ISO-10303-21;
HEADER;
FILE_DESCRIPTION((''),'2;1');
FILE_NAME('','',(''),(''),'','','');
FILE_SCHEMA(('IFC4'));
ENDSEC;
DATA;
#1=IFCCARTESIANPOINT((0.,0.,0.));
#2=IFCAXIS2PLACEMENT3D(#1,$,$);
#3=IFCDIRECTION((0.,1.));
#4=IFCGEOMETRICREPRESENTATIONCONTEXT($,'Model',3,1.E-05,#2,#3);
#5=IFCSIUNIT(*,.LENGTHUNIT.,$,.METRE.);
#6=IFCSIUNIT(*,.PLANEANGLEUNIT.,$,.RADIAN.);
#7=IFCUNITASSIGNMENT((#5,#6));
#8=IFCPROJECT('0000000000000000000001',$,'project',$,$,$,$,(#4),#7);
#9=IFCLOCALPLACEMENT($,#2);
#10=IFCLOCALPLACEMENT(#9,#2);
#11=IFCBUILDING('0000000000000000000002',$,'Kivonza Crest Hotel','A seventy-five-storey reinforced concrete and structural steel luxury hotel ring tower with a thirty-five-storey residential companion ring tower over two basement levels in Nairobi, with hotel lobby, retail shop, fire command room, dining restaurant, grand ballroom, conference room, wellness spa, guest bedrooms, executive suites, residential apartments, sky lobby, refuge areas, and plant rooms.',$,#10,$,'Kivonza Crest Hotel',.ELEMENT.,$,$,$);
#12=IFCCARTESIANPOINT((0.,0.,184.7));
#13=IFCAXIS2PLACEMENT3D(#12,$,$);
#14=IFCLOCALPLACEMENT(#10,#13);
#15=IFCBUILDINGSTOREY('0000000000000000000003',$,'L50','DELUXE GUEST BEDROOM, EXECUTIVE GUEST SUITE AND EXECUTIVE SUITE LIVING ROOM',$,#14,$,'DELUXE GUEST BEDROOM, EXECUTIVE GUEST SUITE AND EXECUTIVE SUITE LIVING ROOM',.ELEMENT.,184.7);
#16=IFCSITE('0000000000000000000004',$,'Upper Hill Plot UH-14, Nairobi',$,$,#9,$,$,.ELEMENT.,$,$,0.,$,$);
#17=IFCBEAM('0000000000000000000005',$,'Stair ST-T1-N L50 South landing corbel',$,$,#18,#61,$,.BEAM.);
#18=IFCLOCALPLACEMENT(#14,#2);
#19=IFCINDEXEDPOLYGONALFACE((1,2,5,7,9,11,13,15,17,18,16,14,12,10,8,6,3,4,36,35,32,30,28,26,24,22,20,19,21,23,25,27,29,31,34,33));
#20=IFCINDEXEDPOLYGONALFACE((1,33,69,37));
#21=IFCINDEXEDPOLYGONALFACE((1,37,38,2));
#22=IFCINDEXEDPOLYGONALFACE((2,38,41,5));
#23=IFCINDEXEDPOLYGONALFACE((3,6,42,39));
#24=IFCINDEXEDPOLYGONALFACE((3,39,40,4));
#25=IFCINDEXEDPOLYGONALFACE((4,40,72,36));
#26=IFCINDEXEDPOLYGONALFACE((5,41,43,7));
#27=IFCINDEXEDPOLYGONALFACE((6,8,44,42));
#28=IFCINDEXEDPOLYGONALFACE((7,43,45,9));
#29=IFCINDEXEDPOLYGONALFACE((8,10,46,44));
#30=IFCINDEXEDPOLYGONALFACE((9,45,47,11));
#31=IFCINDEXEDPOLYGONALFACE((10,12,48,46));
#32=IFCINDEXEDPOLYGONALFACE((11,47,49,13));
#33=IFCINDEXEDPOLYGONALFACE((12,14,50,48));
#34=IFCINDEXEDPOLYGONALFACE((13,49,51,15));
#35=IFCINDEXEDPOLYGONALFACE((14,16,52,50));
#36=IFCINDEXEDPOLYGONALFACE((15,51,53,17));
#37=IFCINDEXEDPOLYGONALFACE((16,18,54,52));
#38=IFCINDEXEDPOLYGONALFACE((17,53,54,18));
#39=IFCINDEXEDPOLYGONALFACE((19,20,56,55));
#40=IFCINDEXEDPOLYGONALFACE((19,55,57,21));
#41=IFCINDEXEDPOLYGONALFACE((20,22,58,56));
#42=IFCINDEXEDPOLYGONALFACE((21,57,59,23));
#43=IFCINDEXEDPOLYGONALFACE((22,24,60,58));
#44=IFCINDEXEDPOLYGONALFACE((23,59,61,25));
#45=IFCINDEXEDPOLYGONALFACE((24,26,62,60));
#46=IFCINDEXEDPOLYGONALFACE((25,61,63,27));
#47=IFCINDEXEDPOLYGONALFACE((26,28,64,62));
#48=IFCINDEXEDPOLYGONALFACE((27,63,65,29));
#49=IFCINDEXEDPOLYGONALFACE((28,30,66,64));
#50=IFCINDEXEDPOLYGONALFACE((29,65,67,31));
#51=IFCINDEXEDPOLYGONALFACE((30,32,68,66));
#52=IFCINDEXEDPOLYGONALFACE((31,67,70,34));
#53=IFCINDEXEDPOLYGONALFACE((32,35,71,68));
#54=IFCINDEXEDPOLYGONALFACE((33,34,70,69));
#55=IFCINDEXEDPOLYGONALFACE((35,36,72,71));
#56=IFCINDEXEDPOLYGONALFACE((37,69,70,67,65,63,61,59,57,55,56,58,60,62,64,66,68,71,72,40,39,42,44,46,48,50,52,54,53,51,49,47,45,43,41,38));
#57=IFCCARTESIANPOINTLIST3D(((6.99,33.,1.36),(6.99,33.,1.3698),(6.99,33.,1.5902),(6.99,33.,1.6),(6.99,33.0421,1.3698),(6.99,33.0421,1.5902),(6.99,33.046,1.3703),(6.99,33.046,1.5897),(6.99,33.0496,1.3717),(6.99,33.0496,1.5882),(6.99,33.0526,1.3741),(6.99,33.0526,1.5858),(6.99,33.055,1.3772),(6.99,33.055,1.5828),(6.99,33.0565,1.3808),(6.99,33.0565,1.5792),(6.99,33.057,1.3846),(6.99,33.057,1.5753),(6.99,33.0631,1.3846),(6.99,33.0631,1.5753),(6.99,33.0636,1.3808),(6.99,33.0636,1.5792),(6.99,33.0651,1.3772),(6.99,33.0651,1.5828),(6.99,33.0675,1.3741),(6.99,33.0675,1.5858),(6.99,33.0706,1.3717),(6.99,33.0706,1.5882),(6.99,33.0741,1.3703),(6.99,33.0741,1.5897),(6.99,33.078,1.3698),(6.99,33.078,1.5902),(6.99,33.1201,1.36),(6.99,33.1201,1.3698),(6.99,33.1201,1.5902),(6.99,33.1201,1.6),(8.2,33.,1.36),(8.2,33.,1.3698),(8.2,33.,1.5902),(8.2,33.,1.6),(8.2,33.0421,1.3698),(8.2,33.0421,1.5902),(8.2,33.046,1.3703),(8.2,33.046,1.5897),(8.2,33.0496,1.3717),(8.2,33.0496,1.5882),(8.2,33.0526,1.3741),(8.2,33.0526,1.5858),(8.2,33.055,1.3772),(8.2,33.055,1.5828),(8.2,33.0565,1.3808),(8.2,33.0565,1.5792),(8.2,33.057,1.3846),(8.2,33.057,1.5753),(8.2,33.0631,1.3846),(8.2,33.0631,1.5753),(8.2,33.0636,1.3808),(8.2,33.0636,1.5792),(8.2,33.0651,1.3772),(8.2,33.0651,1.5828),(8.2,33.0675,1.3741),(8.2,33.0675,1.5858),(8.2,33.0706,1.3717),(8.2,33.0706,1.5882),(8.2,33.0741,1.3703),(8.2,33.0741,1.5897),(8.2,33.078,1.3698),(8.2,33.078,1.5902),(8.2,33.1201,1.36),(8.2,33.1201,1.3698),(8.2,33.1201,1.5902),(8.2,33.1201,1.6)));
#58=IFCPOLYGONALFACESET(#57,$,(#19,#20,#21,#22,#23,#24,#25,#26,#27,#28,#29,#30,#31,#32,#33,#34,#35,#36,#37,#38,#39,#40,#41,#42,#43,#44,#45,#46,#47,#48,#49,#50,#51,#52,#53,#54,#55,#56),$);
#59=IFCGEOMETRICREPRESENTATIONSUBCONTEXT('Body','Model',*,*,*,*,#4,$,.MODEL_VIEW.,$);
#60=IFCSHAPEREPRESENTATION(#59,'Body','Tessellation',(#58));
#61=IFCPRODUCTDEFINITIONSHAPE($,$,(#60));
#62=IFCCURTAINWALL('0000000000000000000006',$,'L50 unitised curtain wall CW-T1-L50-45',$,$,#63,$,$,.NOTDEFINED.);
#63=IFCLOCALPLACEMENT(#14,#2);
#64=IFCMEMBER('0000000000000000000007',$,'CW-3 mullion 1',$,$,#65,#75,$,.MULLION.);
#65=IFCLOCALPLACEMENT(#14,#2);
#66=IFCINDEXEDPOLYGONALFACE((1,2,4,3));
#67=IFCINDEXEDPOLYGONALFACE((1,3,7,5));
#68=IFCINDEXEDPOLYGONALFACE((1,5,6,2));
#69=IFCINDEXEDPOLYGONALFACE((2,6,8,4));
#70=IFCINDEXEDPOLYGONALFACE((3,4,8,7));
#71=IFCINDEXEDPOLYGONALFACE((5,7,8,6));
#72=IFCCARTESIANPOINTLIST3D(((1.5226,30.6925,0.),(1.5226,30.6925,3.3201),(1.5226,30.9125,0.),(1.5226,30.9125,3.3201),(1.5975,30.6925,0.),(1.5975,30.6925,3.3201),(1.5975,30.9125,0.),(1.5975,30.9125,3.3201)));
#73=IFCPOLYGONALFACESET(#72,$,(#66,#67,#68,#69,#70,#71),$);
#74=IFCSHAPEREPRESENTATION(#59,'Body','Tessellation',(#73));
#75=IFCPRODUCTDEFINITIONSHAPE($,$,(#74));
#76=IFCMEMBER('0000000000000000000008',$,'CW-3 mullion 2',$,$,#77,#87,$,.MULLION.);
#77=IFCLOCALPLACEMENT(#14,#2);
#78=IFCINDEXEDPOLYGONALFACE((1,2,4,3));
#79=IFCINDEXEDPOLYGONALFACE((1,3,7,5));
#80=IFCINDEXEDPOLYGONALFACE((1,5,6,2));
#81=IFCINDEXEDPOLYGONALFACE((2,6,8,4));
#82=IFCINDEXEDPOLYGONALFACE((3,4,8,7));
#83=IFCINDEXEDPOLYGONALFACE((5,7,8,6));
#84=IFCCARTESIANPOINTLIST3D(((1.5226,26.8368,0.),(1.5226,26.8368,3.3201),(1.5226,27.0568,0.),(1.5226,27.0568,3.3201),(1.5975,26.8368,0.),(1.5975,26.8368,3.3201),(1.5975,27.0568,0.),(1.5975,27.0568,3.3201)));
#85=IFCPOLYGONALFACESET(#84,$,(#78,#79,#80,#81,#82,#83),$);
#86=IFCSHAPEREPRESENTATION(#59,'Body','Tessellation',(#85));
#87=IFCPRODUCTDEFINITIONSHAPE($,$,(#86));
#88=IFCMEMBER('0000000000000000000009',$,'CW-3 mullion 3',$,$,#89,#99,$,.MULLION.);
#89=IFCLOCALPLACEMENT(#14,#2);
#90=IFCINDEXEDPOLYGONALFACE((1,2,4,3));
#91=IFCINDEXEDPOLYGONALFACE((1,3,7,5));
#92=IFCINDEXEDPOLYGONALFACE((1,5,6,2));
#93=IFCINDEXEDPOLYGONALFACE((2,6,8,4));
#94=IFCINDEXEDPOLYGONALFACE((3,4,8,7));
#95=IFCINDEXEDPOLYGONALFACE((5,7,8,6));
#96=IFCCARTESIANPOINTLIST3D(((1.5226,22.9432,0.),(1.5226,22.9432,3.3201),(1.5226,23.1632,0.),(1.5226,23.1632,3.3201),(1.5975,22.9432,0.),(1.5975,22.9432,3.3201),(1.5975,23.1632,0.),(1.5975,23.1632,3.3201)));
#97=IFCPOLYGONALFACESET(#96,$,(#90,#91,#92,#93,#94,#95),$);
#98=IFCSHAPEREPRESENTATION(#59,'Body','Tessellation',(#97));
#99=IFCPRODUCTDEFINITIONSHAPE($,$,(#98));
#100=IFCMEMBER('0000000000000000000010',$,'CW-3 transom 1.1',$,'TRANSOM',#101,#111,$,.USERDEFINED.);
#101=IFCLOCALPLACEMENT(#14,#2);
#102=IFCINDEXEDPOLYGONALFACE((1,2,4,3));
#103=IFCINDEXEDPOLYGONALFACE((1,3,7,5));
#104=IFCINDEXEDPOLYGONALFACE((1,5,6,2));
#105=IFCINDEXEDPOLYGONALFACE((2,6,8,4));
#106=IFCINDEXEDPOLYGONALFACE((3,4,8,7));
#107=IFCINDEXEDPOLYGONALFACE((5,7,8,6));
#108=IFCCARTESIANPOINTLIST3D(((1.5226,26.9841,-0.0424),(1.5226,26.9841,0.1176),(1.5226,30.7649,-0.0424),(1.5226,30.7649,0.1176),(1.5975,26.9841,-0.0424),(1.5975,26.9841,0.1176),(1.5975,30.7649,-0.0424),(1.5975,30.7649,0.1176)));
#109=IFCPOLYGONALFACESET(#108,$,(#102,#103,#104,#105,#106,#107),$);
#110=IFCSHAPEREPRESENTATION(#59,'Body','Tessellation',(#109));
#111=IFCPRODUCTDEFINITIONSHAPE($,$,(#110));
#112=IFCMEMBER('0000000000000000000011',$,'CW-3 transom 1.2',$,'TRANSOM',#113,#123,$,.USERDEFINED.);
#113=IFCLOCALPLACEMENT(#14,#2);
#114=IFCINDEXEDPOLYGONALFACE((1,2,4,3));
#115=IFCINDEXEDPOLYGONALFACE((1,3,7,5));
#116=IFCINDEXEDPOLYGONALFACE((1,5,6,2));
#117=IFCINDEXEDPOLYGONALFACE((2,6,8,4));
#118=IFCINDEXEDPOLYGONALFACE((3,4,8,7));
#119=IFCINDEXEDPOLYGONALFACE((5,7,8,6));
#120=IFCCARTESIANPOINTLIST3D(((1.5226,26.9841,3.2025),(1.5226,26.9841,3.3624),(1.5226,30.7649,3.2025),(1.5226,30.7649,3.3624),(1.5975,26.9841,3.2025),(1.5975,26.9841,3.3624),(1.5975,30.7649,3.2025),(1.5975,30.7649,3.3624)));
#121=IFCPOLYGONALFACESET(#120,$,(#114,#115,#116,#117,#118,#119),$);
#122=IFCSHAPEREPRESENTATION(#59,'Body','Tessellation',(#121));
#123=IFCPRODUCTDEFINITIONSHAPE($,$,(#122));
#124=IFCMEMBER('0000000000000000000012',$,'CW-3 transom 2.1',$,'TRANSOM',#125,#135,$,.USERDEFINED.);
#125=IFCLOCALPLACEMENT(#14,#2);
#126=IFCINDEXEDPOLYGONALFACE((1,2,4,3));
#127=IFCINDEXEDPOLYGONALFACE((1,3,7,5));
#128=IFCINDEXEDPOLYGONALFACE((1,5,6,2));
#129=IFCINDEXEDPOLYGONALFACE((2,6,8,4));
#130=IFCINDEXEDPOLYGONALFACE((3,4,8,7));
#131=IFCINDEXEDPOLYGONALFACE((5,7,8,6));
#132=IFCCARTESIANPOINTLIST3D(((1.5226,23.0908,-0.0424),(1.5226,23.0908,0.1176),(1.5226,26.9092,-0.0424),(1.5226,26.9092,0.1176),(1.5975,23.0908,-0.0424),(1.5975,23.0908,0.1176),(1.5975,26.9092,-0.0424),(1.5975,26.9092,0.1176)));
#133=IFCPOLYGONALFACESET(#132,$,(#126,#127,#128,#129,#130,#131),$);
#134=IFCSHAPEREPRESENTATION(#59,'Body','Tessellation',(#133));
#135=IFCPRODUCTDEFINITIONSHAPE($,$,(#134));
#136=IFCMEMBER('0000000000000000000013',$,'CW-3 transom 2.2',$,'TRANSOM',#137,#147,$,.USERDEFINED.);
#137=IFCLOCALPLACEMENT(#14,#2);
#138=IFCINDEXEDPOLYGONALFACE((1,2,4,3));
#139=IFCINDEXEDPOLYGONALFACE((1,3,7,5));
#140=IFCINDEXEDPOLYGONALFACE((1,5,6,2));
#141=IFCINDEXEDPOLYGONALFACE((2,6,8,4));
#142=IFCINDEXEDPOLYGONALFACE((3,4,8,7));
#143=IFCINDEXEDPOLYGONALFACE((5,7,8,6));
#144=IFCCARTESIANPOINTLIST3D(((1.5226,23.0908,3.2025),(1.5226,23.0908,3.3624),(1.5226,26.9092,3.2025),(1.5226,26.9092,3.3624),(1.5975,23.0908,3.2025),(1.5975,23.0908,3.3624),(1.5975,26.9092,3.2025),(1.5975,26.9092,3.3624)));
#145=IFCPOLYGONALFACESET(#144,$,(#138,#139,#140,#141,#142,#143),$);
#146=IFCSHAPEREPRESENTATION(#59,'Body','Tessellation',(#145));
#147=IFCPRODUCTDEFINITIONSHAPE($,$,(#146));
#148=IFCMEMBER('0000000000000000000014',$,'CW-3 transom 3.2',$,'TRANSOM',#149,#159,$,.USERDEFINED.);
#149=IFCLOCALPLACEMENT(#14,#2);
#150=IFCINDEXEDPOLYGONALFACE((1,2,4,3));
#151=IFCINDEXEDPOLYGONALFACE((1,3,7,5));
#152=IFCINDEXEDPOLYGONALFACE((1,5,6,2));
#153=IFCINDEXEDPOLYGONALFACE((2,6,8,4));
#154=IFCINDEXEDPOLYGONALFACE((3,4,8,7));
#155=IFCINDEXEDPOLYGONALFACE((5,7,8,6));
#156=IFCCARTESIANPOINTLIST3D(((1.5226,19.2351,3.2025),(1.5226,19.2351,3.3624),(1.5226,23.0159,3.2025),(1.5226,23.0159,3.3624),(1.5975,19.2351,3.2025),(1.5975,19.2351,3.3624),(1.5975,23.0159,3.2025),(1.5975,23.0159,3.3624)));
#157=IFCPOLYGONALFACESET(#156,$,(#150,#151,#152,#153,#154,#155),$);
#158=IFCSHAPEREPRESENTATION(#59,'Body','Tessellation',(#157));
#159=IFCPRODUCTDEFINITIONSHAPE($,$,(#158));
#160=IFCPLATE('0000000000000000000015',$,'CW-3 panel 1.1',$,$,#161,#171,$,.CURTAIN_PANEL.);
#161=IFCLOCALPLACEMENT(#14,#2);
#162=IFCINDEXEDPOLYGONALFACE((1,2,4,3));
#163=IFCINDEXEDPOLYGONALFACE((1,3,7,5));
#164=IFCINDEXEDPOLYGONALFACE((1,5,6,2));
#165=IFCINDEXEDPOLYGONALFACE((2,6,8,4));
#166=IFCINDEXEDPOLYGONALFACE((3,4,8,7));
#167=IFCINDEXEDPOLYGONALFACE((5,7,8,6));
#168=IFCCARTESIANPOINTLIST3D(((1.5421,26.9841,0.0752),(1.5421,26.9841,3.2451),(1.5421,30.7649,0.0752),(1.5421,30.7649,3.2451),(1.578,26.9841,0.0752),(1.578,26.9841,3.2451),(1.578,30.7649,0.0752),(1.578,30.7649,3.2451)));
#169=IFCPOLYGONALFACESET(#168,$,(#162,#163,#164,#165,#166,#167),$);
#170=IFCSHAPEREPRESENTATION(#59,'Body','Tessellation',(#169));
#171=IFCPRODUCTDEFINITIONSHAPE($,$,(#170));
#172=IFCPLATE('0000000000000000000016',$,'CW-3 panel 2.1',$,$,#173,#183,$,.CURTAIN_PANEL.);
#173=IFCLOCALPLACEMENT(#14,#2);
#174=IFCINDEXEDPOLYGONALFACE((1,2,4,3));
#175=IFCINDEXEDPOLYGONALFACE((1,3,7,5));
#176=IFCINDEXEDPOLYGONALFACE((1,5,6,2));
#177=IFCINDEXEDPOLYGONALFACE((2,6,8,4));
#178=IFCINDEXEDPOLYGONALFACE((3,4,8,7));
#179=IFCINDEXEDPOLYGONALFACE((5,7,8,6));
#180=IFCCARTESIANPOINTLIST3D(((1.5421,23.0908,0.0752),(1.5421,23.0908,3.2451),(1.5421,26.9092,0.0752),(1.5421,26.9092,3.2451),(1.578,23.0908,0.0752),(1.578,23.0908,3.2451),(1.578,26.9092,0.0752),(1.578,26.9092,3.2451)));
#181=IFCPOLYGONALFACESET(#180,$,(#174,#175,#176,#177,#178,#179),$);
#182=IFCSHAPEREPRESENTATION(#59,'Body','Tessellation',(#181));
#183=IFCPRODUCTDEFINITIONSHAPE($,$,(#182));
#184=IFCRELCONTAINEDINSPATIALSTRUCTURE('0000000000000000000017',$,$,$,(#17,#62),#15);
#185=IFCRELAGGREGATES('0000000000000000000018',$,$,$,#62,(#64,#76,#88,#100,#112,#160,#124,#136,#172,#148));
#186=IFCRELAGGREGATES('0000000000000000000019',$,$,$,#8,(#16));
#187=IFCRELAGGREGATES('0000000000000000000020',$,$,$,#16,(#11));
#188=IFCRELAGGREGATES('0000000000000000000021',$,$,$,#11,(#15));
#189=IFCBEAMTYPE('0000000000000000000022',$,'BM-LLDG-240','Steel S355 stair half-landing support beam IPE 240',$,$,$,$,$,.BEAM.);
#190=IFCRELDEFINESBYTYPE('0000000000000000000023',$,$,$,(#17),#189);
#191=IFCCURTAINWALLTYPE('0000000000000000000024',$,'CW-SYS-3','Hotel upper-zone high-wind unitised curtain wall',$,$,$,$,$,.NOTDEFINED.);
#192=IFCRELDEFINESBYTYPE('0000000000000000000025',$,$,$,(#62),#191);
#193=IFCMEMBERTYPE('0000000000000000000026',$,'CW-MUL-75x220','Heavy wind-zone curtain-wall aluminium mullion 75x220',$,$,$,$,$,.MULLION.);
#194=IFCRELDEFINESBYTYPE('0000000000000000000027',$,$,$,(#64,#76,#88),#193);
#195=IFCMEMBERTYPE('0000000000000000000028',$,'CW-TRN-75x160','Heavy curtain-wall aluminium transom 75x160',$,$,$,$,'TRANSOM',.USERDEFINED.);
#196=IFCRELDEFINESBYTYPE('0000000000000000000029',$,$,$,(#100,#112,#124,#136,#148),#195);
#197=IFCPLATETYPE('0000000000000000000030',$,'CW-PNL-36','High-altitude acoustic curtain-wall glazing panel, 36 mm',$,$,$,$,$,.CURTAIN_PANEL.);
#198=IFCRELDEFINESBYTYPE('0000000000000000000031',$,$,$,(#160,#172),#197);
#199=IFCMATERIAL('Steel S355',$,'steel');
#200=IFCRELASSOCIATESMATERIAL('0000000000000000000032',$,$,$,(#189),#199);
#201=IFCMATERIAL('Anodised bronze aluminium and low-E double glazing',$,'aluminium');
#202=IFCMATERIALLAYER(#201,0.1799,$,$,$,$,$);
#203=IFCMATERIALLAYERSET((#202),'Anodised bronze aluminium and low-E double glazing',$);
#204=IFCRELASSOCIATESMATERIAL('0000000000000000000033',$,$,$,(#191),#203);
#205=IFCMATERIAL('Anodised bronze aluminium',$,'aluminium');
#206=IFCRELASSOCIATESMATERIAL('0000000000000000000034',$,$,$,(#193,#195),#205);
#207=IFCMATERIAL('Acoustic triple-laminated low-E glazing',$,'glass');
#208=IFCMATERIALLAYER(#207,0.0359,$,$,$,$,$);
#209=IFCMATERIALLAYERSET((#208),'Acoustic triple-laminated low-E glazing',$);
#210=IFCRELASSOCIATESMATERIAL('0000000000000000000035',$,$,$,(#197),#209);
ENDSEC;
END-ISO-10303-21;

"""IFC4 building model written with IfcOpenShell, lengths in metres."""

from ifc_helpers import new_model, si_unit, direction, frame, origin, origin_2d, place, context, subcontext, project, spatial, rectangle, i_section, extrude, material, layer, layer_set, material_profile, profile_set, type_object, element, aggregate, save


model = new_model("IFC4")

# Units and contexts
model_context = context("Model", 3, precision=1e-05, world=origin(), true_north=direction((0.0, 1.0)))
body_context = subcontext(model_context, "Body", "Model", "MODEL_VIEW")
ifc_project = project(units=[si_unit("LENGTHUNIT", "METRE"), si_unit("PLANEANGLEUNIT", "RADIAN")], contexts=[model_context])

# Site, building, storey
site_placement = place(None, origin())
site = spatial("IfcSite", under=ifc_project, at=site_placement, Name="Upper Hill Plot UH-14, Nairobi", CompositionType="ELEMENT", RefElevation=0.0)
building_placement = place(site_placement, origin())
building = spatial("IfcBuilding", under=site, at=building_placement, Name="Kivonza Crest Hotel", Description="A seventy-five-storey reinforced concrete and structural steel luxury hotel ring tower with a thirty-five-storey residential companion ring tower over two basement levels in Nairobi, with hotel lobby, retail shop, fire command room, dining restaurant, grand ballroom, conference room, wellness spa, guest bedrooms, executive suites, residential apartments, sky lobby, refuge areas, and plant rooms.", LongName="Kivonza Crest Hotel", CompositionType="ELEMENT")
storey_placement = place(building_placement, frame((0.0, 0.0, 184.7)))
storey = spatial("IfcBuildingStorey", under=building, at=storey_placement, Name="L50", Description="DELUXE GUEST BEDROOM, EXECUTIVE GUEST SUITE AND EXECUTIVE SUITE LIVING ROOM", LongName="DELUXE GUEST BEDROOM, EXECUTIVE GUEST SUITE AND EXECUTIVE SUITE LIVING ROOM", CompositionType="ELEMENT", Elevation=184.7)

# Beam
ifc_material_1 = material(Name="Steel S355", Category="steel")
ifc_material_profile_1 = material_profile(ifc_material_1, i_section(OverallWidth=0.1201, OverallDepth=0.24, WebThickness=0.0061, FlangeThickness=0.0098, FilletRadius=0.0149, at=origin_2d()), Name="IPE 240")
ifc_profile_set_1 = profile_set([ifc_material_profile_1], Name="Steel S355")
beam_type_1 = type_object("IfcBeamType", Name="BM-LLDG-240", Description="Steel S355 stair half-landing support beam IPE 240", PredefinedType="BEAM", material=ifc_profile_set_1)
beam_1_placement = place(storey_placement, frame((6.99, 33.0601, 1.48), z_axis=(1.0, 0.0, 0.0), x_axis=(0.0, 1.0, 0.0)))
element("IfcBeam", 1, at=beam_1_placement, inside=storey, type_object=beam_type_1, Name="Stair ST-T1-N L50 South landing corbel", PredefinedType="BEAM", context=body_context, shape_type="SweptSolid", body=[
    extrude(i_section(OverallWidth=0.1201, OverallDepth=0.24, WebThickness=0.0061, FlangeThickness=0.0098, FilletRadius=0.0149, at=origin_2d()), origin(), (0.0, 0.0, 1.0), 1.21),
])

# Curtain wall, members, plates
ifc_material_2 = material(Name="Anodised bronze aluminium and low-E double glazing", Category="aluminium")
ifc_layer_1 = layer(ifc_material_2, 0.1799)
ifc_layer_set_1 = layer_set([ifc_layer_1], Name="Anodised bronze aluminium and low-E double glazing")
curtain_wall_type = type_object("IfcCurtainWallType", Name="CW-SYS-3", Description="Hotel upper-zone high-wind unitised curtain wall", PredefinedType="NOTDEFINED", material=ifc_layer_set_1)
curtain_wall_placement = place(storey_placement, origin())
curtain_wall = element("IfcCurtainWall", 2, at=curtain_wall_placement, inside=storey, type_object=curtain_wall_type, Name="L50 unitised curtain wall CW-T1-L50-45", PredefinedType="NOTDEFINED")
ifc_material_3 = material(Name="Anodised bronze aluminium", Category="aluminium")
ifc_material_profile_2 = material_profile(ifc_material_3, rectangle(XDim=0.075, YDim=0.22, at=origin_2d()), Name="CW-M 75x220")
ifc_profile_set_2 = profile_set([ifc_material_profile_2], Name="Anodised bronze aluminium")
member_type_1 = type_object("IfcMemberType", Name="CW-MUL-75x220", Description="Heavy wind-zone curtain-wall aluminium mullion 75x220", PredefinedType="MULLION", material=ifc_profile_set_2)
member_1_placement = place(storey_placement, frame((1.5601, 30.8025, 0.0), z_axis=(0.0, 0.0, 1.0), x_axis=(1.0, 0.0, 0.0)))
member_1 = element("IfcMember", 3, at=member_1_placement, type_object=member_type_1, Name="CW-3 mullion 1", PredefinedType="MULLION", context=body_context, shape_type="SweptSolid", body=[
    extrude(rectangle(XDim=0.075, YDim=0.22, at=origin_2d()), origin(), (0.0, 0.0, 1.0), 3.3201),
])
member_2_placement = place(storey_placement, frame((1.5601, 26.9468, 0.0), z_axis=(0.0, 0.0, 1.0), x_axis=(1.0, 0.0, 0.0)))
member_2 = element("IfcMember", 4, at=member_2_placement, type_object=member_type_1, Name="CW-3 mullion 2", PredefinedType="MULLION", context=body_context, shape_type="SweptSolid", body=[
    extrude(rectangle(XDim=0.075, YDim=0.22, at=origin_2d()), origin(), (0.0, 0.0, 1.0), 3.3201),
])
member_3_placement = place(storey_placement, frame((1.5601, 23.0532, 0.0), z_axis=(0.0, 0.0, 1.0), x_axis=(1.0, 0.0, 0.0)))
member_3 = element("IfcMember", 5, at=member_3_placement, type_object=member_type_1, Name="CW-3 mullion 3", PredefinedType="MULLION", context=body_context, shape_type="SweptSolid", body=[
    extrude(rectangle(XDim=0.075, YDim=0.22, at=origin_2d()), origin(), (0.0, 0.0, 1.0), 3.3201),
])
ifc_material_profile_3 = material_profile(ifc_material_3, rectangle(XDim=0.075, YDim=0.1599, at=origin_2d()), Name="CW-T 75x160")
ifc_profile_set_3 = profile_set([ifc_material_profile_3], Name="Anodised bronze aluminium")
member_type_2 = type_object("IfcMemberType", Name="CW-TRN-75x160", Description="Heavy curtain-wall aluminium transom 75x160", ElementType="TRANSOM", PredefinedType="USERDEFINED", material=ifc_profile_set_3)
member_4_placement = place(storey_placement, frame((1.5601, 30.7649, 0.0376), z_axis=(0.0, -1.0, 0.0), x_axis=(1.0, 0.0, 0.0)))
member_4 = element("IfcMember", 6, at=member_4_placement, type_object=member_type_2, Name="CW-3 transom 1.1", ObjectType="TRANSOM", PredefinedType="USERDEFINED", context=body_context, shape_type="SweptSolid", body=[
    extrude(rectangle(XDim=0.075, YDim=0.1599, at=origin_2d()), origin(), (0.0, 0.0, 1.0), 3.7808),
])
member_5_placement = place(storey_placement, frame((1.5601, 30.7649, 3.2825), z_axis=(0.0, -1.0, 0.0), x_axis=(1.0, 0.0, 0.0)))
member_5 = element("IfcMember", 7, at=member_5_placement, type_object=member_type_2, Name="CW-3 transom 1.2", ObjectType="TRANSOM", PredefinedType="USERDEFINED", context=body_context, shape_type="SweptSolid", body=[
    extrude(rectangle(XDim=0.075, YDim=0.1599, at=origin_2d()), origin(), (0.0, 0.0, 1.0), 3.7808),
])
member_6_placement = place(storey_placement, frame((1.5601, 26.9092, 0.0376), z_axis=(0.0, -1.0, 0.0), x_axis=(1.0, 0.0, 0.0)))
member_6 = element("IfcMember", 8, at=member_6_placement, type_object=member_type_2, Name="CW-3 transom 2.1", ObjectType="TRANSOM", PredefinedType="USERDEFINED", context=body_context, shape_type="SweptSolid", body=[
    extrude(rectangle(XDim=0.075, YDim=0.1599, at=origin_2d()), origin(), (0.0, 0.0, 1.0), 3.8184),
])
member_7_placement = place(storey_placement, frame((1.5601, 26.9092, 3.2825), z_axis=(0.0, -1.0, 0.0), x_axis=(1.0, 0.0, 0.0)))
member_7 = element("IfcMember", 9, at=member_7_placement, type_object=member_type_2, Name="CW-3 transom 2.2", ObjectType="TRANSOM", PredefinedType="USERDEFINED", context=body_context, shape_type="SweptSolid", body=[
    extrude(rectangle(XDim=0.075, YDim=0.1599, at=origin_2d()), origin(), (0.0, 0.0, 1.0), 3.8184),
])
member_8_placement = place(storey_placement, frame((1.5601, 23.0159, 3.2825), z_axis=(0.0, -1.0, 0.0), x_axis=(1.0, 0.0, 0.0)))
member_8 = element("IfcMember", 10, at=member_8_placement, type_object=member_type_2, Name="CW-3 transom 3.2", ObjectType="TRANSOM", PredefinedType="USERDEFINED", context=body_context, shape_type="SweptSolid", body=[
    extrude(rectangle(XDim=0.075, YDim=0.1599, at=origin_2d()), origin(), (0.0, 0.0, 1.0), 3.7808),
])
ifc_material_4 = material(Name="Acoustic triple-laminated low-E glazing", Category="glass")
ifc_layer_2 = layer(ifc_material_4, 0.0359)
ifc_layer_set_2 = layer_set([ifc_layer_2], Name="Acoustic triple-laminated low-E glazing")
plate_type = type_object("IfcPlateType", Name="CW-PNL-36", Description="High-altitude acoustic curtain-wall glazing panel, 36 mm", PredefinedType="CURTAIN_PANEL", material=ifc_layer_set_2)
plate_1_placement = place(storey_placement, frame((1.5601, 28.8745, 0.0752), z_axis=(0.0, 0.0, 1.0), x_axis=(0.0, -1.0, 0.0)))
plate_1 = element("IfcPlate", 11, at=plate_1_placement, type_object=plate_type, Name="CW-3 panel 1.1", PredefinedType="CURTAIN_PANEL", context=body_context, shape_type="SweptSolid", body=[
    extrude(rectangle(XDim=3.7808, YDim=0.0359, at=origin_2d()), origin(), (0.0, 0.0, 1.0), 3.1699),
])
plate_2_placement = place(storey_placement, frame((1.5601, 25.0, 0.0752), z_axis=(0.0, 0.0, 1.0), x_axis=(0.0, -1.0, 0.0)))
plate_2 = element("IfcPlate", 12, at=plate_2_placement, type_object=plate_type, Name="CW-3 panel 2.1", PredefinedType="CURTAIN_PANEL", context=body_context, shape_type="SweptSolid", body=[
    extrude(rectangle(XDim=3.8184, YDim=0.0359, at=origin_2d()), origin(), (0.0, 0.0, 1.0), 3.1699),
])
aggregate(curtain_wall, [member_1, member_2, member_3, member_4, member_5, plate_1, member_6, member_7, plate_2, member_8])

save(model, "model.ifc")
